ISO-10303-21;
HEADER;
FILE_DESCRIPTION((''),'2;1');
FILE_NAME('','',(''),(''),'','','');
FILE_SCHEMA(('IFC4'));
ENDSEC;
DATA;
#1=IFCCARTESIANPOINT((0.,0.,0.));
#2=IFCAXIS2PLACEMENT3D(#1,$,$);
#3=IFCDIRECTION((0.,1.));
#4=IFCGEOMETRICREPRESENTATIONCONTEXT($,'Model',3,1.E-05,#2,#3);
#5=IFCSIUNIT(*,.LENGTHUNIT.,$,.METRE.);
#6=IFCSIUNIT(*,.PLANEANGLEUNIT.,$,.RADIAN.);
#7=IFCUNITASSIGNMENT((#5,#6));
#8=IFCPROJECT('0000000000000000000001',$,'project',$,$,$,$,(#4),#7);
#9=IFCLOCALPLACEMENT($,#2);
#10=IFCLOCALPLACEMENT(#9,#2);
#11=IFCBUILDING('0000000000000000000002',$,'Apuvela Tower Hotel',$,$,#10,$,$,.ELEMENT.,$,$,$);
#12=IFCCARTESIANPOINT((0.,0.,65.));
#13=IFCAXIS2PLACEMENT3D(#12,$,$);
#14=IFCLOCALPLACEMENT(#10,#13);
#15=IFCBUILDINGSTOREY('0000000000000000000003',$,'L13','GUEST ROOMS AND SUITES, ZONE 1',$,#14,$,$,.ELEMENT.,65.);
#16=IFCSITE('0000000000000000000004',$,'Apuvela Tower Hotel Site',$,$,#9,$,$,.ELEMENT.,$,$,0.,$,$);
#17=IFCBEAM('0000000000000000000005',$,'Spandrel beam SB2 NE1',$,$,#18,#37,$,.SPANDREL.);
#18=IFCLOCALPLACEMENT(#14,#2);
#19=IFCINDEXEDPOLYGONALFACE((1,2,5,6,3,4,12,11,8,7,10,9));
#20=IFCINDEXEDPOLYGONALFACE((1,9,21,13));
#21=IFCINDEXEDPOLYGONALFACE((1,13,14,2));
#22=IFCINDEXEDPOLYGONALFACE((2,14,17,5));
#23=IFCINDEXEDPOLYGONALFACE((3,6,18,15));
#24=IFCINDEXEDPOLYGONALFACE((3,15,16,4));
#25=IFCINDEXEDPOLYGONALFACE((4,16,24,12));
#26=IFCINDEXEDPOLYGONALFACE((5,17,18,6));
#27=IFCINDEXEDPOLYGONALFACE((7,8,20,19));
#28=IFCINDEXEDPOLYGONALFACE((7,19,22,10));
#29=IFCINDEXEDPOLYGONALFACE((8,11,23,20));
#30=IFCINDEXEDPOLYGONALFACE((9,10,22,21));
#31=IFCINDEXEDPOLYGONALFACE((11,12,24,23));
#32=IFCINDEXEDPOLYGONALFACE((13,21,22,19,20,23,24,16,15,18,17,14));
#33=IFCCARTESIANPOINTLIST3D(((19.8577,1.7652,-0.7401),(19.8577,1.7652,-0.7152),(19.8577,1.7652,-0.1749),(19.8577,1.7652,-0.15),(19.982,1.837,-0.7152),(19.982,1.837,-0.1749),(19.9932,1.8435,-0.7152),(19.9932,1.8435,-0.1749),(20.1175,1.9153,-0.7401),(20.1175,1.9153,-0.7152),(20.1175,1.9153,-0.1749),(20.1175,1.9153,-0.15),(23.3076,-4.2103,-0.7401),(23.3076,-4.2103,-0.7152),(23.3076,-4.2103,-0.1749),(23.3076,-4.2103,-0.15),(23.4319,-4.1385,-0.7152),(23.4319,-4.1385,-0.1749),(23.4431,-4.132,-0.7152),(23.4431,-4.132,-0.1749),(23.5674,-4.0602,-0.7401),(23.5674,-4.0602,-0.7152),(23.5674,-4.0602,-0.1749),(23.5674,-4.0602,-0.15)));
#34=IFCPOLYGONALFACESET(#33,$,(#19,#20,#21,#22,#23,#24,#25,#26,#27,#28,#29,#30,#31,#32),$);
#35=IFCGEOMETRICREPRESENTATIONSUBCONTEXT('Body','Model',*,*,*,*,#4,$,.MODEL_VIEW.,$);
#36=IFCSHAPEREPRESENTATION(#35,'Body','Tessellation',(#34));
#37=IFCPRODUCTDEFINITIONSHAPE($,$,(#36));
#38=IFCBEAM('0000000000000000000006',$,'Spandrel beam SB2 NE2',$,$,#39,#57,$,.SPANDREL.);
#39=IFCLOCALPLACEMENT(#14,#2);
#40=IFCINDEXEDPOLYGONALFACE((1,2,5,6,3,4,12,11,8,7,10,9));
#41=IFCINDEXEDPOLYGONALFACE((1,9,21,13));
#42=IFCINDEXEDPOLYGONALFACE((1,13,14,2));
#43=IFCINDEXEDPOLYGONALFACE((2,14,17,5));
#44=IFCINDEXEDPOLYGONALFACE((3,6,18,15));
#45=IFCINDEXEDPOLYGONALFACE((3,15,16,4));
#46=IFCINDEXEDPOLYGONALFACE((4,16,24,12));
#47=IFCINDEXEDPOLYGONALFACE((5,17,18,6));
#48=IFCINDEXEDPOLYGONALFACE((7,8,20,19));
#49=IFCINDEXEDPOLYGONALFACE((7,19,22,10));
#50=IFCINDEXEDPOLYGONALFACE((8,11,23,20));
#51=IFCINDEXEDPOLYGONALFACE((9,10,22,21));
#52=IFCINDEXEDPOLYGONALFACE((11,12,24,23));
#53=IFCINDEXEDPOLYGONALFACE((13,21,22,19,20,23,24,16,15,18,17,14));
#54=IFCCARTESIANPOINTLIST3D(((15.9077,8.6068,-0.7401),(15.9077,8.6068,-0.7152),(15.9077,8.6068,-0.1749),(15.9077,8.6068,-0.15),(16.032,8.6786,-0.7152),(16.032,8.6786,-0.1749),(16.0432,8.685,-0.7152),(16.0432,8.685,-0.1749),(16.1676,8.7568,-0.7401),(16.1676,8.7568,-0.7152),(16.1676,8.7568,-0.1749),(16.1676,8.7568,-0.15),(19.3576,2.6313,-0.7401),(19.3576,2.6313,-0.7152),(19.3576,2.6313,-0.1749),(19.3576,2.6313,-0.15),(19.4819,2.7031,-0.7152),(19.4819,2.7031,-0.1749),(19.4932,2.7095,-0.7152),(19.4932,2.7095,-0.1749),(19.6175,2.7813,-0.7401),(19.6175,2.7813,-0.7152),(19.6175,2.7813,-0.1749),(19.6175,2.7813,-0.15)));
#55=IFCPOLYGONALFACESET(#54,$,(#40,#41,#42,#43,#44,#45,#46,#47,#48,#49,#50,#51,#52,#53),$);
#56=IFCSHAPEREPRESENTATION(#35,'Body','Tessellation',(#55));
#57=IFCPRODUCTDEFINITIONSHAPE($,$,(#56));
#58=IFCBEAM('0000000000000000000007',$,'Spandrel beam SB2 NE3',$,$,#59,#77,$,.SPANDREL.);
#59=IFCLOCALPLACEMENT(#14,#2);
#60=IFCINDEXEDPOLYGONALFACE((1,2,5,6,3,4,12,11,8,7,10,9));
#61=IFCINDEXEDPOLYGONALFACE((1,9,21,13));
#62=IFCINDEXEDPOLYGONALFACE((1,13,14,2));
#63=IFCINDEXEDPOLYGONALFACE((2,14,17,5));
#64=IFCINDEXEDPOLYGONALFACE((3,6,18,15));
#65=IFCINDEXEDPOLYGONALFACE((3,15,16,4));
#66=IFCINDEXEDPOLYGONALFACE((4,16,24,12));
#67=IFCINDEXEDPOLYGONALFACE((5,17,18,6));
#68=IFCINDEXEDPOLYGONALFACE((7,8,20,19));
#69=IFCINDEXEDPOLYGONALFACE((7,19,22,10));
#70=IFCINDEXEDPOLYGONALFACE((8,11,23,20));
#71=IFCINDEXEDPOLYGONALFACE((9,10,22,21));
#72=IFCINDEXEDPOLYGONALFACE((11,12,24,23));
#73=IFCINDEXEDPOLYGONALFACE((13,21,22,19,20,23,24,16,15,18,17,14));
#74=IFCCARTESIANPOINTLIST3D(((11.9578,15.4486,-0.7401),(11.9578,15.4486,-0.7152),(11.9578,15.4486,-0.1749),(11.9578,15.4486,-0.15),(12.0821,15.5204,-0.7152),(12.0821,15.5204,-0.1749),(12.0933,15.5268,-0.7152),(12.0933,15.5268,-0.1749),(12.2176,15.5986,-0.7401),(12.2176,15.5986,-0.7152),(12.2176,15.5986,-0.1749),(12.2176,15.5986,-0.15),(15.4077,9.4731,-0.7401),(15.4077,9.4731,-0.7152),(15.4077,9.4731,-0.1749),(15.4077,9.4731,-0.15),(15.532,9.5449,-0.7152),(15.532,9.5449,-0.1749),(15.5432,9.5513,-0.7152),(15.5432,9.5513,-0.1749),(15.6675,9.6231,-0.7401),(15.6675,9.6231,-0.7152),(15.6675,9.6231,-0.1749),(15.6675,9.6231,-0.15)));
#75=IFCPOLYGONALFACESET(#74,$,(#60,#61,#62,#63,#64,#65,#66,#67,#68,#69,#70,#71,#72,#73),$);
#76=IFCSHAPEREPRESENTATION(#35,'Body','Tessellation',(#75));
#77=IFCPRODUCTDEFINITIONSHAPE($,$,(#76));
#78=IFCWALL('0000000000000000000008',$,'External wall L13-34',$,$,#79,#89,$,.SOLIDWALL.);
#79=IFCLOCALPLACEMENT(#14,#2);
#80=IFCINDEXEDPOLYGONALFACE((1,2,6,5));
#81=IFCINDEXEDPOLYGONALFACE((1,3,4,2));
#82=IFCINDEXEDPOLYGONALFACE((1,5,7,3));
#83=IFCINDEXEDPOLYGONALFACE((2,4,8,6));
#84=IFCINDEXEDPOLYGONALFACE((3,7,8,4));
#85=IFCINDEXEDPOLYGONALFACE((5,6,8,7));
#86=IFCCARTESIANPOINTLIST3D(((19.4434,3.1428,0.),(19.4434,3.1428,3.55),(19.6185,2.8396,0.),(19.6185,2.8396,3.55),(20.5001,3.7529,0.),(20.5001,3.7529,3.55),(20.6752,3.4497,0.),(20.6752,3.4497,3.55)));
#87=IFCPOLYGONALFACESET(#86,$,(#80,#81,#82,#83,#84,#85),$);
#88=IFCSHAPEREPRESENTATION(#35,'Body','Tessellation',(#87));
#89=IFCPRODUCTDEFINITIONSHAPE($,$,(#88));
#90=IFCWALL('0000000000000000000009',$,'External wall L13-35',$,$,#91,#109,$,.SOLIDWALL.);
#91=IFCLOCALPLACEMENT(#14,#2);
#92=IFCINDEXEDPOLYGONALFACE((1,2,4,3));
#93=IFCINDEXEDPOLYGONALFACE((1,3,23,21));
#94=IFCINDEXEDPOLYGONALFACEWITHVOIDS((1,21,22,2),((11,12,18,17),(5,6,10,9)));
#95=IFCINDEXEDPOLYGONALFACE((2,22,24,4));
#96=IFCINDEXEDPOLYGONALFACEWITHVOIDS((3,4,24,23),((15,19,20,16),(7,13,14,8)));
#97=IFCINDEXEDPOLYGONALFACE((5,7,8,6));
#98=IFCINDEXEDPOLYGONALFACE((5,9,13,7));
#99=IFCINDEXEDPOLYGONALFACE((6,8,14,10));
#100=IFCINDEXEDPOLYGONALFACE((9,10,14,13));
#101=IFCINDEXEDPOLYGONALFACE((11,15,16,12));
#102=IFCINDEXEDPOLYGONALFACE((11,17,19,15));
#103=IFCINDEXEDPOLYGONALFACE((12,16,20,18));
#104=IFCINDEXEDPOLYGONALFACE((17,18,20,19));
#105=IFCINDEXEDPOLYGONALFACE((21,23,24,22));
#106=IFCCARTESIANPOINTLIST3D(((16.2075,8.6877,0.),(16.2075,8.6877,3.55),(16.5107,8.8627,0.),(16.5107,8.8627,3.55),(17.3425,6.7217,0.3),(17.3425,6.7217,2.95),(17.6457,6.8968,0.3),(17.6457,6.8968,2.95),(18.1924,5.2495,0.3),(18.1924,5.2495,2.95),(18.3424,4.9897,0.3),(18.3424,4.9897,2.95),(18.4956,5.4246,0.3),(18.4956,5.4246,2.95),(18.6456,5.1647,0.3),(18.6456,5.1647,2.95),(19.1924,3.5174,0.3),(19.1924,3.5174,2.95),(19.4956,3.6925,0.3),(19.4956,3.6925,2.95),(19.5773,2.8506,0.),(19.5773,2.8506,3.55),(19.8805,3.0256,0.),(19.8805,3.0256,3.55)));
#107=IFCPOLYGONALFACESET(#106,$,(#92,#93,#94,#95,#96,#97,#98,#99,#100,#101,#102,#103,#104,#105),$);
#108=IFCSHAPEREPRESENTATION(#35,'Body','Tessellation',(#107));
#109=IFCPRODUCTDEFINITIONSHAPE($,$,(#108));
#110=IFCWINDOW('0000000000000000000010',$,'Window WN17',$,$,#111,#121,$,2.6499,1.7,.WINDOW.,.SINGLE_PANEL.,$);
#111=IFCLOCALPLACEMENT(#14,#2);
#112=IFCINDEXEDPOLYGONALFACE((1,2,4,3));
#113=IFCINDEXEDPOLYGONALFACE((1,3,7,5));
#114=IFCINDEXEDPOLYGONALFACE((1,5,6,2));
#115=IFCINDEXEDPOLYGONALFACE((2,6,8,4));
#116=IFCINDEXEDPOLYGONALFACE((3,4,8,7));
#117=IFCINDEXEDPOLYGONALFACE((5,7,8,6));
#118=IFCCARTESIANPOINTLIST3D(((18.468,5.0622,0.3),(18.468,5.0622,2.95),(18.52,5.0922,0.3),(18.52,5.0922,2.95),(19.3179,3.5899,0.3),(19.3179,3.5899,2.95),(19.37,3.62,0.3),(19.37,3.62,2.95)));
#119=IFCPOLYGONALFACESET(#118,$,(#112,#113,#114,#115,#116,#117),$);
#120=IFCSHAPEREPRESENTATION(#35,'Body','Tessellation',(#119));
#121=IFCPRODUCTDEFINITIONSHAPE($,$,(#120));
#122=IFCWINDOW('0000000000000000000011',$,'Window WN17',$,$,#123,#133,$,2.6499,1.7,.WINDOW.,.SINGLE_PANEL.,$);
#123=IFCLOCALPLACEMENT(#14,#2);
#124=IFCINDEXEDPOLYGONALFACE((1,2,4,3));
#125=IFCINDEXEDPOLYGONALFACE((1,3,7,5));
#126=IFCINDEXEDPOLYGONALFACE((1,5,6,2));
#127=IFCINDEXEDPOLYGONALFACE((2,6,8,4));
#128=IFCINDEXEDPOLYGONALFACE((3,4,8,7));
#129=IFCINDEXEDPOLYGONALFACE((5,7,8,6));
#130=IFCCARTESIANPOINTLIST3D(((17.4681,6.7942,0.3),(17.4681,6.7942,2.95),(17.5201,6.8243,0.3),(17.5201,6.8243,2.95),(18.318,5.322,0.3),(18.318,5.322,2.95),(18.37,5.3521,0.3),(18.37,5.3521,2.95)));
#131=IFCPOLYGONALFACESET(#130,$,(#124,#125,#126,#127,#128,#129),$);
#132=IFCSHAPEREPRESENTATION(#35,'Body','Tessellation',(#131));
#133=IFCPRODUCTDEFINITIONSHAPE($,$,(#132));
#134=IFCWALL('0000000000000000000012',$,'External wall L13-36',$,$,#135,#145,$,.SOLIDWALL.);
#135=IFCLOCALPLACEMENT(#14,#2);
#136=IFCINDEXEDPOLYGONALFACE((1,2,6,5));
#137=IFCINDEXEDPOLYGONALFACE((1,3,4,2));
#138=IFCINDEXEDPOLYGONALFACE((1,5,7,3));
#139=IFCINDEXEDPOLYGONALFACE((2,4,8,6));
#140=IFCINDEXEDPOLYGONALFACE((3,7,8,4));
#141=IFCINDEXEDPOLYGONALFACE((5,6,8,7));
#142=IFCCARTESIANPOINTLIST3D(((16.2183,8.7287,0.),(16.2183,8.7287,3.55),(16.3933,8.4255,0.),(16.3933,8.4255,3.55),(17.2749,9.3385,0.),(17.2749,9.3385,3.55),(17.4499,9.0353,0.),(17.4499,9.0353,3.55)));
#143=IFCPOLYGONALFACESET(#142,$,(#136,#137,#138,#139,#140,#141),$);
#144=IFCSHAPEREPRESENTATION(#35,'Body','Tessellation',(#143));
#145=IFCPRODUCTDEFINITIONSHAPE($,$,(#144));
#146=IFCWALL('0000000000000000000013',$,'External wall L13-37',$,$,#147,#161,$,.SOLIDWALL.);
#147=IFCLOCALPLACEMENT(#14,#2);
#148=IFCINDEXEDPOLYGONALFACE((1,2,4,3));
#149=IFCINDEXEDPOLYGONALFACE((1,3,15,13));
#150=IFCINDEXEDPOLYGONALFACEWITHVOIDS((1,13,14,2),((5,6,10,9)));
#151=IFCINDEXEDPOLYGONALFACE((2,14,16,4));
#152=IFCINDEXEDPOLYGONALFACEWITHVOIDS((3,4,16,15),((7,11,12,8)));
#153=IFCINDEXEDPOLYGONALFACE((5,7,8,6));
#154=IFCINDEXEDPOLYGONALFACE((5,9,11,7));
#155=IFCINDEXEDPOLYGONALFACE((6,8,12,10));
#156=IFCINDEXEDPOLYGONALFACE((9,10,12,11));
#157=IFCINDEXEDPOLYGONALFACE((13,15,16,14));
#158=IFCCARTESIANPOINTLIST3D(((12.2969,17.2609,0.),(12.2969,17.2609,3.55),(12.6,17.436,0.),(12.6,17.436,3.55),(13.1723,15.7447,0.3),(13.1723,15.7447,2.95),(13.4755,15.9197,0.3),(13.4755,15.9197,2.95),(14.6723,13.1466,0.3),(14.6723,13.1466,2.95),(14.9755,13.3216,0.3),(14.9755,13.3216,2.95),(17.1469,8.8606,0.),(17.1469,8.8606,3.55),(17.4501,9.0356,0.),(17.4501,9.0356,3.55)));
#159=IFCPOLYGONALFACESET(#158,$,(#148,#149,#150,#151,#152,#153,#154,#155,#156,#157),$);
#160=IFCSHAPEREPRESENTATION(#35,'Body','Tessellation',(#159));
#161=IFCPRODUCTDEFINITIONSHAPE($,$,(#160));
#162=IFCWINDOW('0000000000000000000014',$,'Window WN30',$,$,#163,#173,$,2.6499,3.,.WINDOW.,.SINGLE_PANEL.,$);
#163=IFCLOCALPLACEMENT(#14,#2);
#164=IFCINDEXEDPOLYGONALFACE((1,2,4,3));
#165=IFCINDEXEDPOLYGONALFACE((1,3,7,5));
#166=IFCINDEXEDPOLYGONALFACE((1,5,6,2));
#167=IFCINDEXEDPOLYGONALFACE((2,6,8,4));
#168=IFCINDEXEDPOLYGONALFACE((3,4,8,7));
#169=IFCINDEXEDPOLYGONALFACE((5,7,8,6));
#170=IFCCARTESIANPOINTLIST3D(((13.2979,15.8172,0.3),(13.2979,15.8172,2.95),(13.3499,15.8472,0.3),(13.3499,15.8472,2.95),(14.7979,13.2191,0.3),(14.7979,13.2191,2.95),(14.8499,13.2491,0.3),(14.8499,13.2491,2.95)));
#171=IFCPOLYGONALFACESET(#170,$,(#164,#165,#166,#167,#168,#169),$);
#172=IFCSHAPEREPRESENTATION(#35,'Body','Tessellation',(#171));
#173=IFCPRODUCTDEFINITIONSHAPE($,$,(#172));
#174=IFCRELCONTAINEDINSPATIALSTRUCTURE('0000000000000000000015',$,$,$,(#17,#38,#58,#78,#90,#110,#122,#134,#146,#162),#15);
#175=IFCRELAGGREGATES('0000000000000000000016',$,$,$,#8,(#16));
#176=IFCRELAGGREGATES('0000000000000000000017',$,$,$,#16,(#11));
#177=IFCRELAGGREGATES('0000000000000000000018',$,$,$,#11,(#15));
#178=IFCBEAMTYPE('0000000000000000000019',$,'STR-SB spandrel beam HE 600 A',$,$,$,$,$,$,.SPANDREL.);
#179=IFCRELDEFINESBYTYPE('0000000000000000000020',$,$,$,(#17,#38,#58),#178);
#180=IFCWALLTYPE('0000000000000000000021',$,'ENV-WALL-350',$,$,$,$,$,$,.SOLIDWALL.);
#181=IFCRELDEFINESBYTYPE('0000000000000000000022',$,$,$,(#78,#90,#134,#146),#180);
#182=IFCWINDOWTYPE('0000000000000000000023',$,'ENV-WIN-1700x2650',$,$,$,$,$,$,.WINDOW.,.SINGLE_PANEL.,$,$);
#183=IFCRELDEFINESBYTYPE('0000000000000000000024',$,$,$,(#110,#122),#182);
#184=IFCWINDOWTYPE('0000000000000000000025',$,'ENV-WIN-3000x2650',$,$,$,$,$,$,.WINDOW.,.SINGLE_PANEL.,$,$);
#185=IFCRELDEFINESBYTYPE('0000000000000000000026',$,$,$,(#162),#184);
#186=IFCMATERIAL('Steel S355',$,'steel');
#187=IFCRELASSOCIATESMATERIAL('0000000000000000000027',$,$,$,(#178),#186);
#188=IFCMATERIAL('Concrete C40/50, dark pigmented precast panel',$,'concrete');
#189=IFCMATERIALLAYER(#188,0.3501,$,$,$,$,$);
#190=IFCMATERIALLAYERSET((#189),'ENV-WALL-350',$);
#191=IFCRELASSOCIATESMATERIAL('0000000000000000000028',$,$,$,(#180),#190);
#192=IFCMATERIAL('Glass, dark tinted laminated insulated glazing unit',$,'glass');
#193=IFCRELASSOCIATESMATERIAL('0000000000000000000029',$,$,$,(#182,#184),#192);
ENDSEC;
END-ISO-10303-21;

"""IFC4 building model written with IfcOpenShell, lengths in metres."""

from ifc_helpers import new_model, si_unit, direction, frame, frame_2d, origin, origin_2d, place, context, subcontext, project, spatial, rectangle, i_section, extrude, material, layer, layer_set, material_profile, profile_set, type_object, element, fill, save


model = new_model("IFC4")

# Units and contexts
model_context = context("Model", 3, precision=1e-05, world=origin(), true_north=direction((0.0, 1.0)))
body_context = subcontext(model_context, "Body", "Model", "MODEL_VIEW")
ifc_project = project(units=[si_unit("LENGTHUNIT", "METRE"), si_unit("PLANEANGLEUNIT", "RADIAN")], contexts=[model_context])

# Site, building, storey
site_placement = place(None, origin())
site = spatial("IfcSite", under=ifc_project, at=site_placement, Name="Apuvela Tower Hotel Site", CompositionType="ELEMENT", RefElevation=0.0)
building_placement = place(site_placement, origin())
building = spatial("IfcBuilding", under=site, at=building_placement, Name="Apuvela Tower Hotel", CompositionType="ELEMENT")
storey_placement = place(building_placement, frame((0.0, 0.0, 65.0)))
storey = spatial("IfcBuildingStorey", under=building, at=storey_placement, Name="L13", Description="GUEST ROOMS AND SUITES, ZONE 1", CompositionType="ELEMENT", Elevation=65.0)

# Beams
ifc_material_1 = material(Name="Steel S355", Category="steel")
ifc_material_profile_1 = material_profile(ifc_material_1, i_section(OverallWidth=0.3, OverallDepth=0.5901, WebThickness=0.0129, FlangeThickness=0.0249, at=origin_2d()), Name="HE 600 A")
ifc_profile_set_1 = profile_set([ifc_material_profile_1], Name="Steel S355")
beam_type_1 = type_object("IfcBeamType", Name="STR-SB spandrel beam HE 600 A", PredefinedType="SPANDREL", material=ifc_profile_set_1)
for number, where, z_axis, x_axis, name in (
    (1, (23.4375, -4.1353, -0.4451), (-0.499994, 0.866029, 0.0), (-0.866029, -0.499994, 0.0), "Spandrel beam SB2 NE1"),
    (2, (19.4875, 2.7063, -0.4451), (-0.499994, 0.866029, 0.0), (-0.866029, -0.499994, 0.0), "Spandrel beam SB2 NE2"),
    (3, (15.5376, 9.5481, -0.4451), (-0.499994, 0.866029, 0.0), (-0.866029, -0.499994, 0.0), "Spandrel beam SB2 NE3"),
):
    element("IfcBeam", number, at=place(storey_placement, frame(where, z_axis=z_axis, x_axis=x_axis)), inside=storey, type_object=beam_type_1, Name=name, PredefinedType="SPANDREL", context=body_context, shape_type="SweptSolid", body=[
        extrude(i_section(OverallWidth=0.3, OverallDepth=0.5901, WebThickness=0.0129, FlangeThickness=0.0249, at=origin_2d()), origin(), (0.0, 0.0, 1.0), 6.8999),
    ])

# Wall
ifc_material_2 = material(Name="Concrete C40/50, dark pigmented precast panel", Category="concrete")
ifc_layer_1 = layer(ifc_material_2, 0.3501)
ifc_layer_set_1 = layer_set([ifc_layer_1], Name="ENV-WALL-350")
wall_type_1 = type_object("IfcWallType", Name="ENV-WALL-350", PredefinedType="SOLIDWALL", material=ifc_layer_set_1)
wall_1_placement = place(storey_placement, frame((20.5876, 3.6013, 0.0), z_axis=(0.0, 0.0, 1.0), x_axis=(-0.866006, -0.500034, 0.0)))
element("IfcWall", 4, at=wall_1_placement, inside=storey, type_object=wall_type_1, Name="External wall L13-34", PredefinedType="SOLIDWALL", context=body_context, shape_type="SweptSolid", body=[
    extrude(rectangle(XDim=1.2202, YDim=0.3501, at=frame_2d((0.6101, 0.0))), origin(), (0.0, 0.0, 1.0), 3.55),
])

# Wall, openings, windows
wall_2_placement = place(storey_placement, frame((19.729, 2.938, 0.0), z_axis=(0.0, 0.0, 1.0), x_axis=(-0.499976, 0.866039, 0.0)))
wall_2 = element("IfcWall", 5, at=wall_2_placement, inside=storey, type_object=wall_type_1, Name="External wall L13-35", PredefinedType="SOLIDWALL", context=body_context, shape_type="SweptSolid", body=[
    extrude(rectangle(XDim=6.74, YDim=0.3501, at=frame_2d((3.3701, 0.0))), origin(), (0.0, 0.0, 1.0), 3.55),
])
opening_1_placement = place(wall_2_placement, frame((0.77, 0.0, 0.3)))
opening_1 = element("IfcOpeningElement", 6, at=opening_1_placement, cuts=wall_2, PredefinedType="OPENING", context=body_context, shape_type="SweptSolid", body=[
    extrude(rectangle(XDim=1.7, YDim=2.6499, at=frame_2d((0.8501, 1.325))), frame((0.0, 0.1851, 0.0), z_axis=(0.0, -1.0, 0.0), x_axis=(1.0, 0.0, 0.0)), (0.0, 0.0, 1.0), 0.3701),
])
opening_2_placement = place(wall_2_placement, frame((2.77, 0.0, 0.3)))
opening_2 = element("IfcOpeningElement", 7, at=opening_2_placement, cuts=wall_2, PredefinedType="OPENING", context=body_context, shape_type="SweptSolid", body=[
    extrude(rectangle(XDim=1.7, YDim=2.6499, at=frame_2d((0.8501, 1.325))), frame((0.0, 0.1851, 0.0), z_axis=(0.0, -1.0, 0.0), x_axis=(1.0, 0.0, 0.0)), (0.0, 0.0, 1.0), 0.3701),
])
ifc_material_3 = material(Name="Glass, dark tinted laminated insulated glazing unit", Category="glass")
window_type_1 = type_object("IfcWindowType", Name="ENV-WIN-1700x2650", PartitioningType="SINGLE_PANEL", PredefinedType="WINDOW", material=ifc_material_3)
window_1_placement = place(opening_1_placement, origin())
window_1 = element("IfcWindow", 8, at=window_1_placement, inside=storey, type_object=window_type_1, Name="Window WN17", OverallHeight=2.6499, OverallWidth=1.7, PartitioningType="SINGLE_PANEL", PredefinedType="WINDOW", context=body_context, shape_type="SweptSolid", body=[
    extrude(rectangle(XDim=1.7, YDim=2.6499, at=frame_2d((0.8501, 1.325))), frame((0.0, 0.03, 0.0), z_axis=(0.0, -1.0, 0.0), x_axis=(1.0, 0.0, 0.0)), (0.0, 0.0, 1.0), 0.0601),
])
fill(opening_1, window_1)
window_2_placement = place(opening_2_placement, origin())
window_2 = element("IfcWindow", 9, at=window_2_placement, inside=storey, type_object=window_type_1, Name="Window WN17", OverallHeight=2.6499, OverallWidth=1.7, PartitioningType="SINGLE_PANEL", PredefinedType="WINDOW", context=body_context, shape_type="SweptSolid", body=[
    extrude(rectangle(XDim=1.7, YDim=2.6499, at=frame_2d((0.8501, 1.325))), frame((0.0, 0.03, 0.0), z_axis=(0.0, -1.0, 0.0), x_axis=(1.0, 0.0, 0.0)), (0.0, 0.0, 1.0), 0.0601),
])
fill(opening_2, window_2)

# Wall
wall_3_placement = place(storey_placement, frame((16.3059, 8.5771, 0.0), z_axis=(0.0, 0.0, 1.0), x_axis=(0.866092, 0.499884, 0.0)))
element("IfcWall", 10, at=wall_3_placement, inside=storey, type_object=wall_type_1, Name="External wall L13-36", PredefinedType="SOLIDWALL", context=body_context, shape_type="SweptSolid", body=[
    extrude(rectangle(XDim=1.22, YDim=0.3501, at=frame_2d((0.6099, 0.0))), origin(), (0.0, 0.0, 1.0), 3.55),
])

# Wall, opening, window
wall_4_placement = place(storey_placement, frame((17.2986, 8.948, 0.0), z_axis=(0.0, 0.0, 1.0), x_axis=(-0.50001, 0.86602, 0.0)))
wall_4 = element("IfcWall", 11, at=wall_4_placement, inside=storey, type_object=wall_type_1, Name="External wall L13-37", PredefinedType="SOLIDWALL", context=body_context, shape_type="SweptSolid", body=[
    extrude(rectangle(XDim=9.7, YDim=0.3501, at=frame_2d((4.8501, 0.0))), origin(), (0.0, 0.0, 1.0), 3.55),
])
opening_3_placement = place(wall_4_placement, frame((4.9492, 0.0, 0.3)))
opening_3 = element("IfcOpeningElement", 12, at=opening_3_placement, cuts=wall_4, PredefinedType="OPENING", context=body_context, shape_type="SweptSolid", body=[
    extrude(rectangle(XDim=3.0, YDim=2.6499, at=frame_2d((1.5, 1.325))), frame((0.0, 0.1851, 0.0), z_axis=(0.0, -1.0, 0.0), x_axis=(1.0, 0.0, 0.0)), (0.0, 0.0, 1.0), 0.3701),
])
window_type_2 = type_object("IfcWindowType", Name="ENV-WIN-3000x2650", PartitioningType="SINGLE_PANEL", PredefinedType="WINDOW", material=ifc_material_3)
window_3_placement = place(opening_3_placement, origin())
window_3 = element("IfcWindow", 13, at=window_3_placement, inside=storey, type_object=window_type_2, Name="Window WN30", OverallHeight=2.6499, OverallWidth=3.0, PartitioningType="SINGLE_PANEL", PredefinedType="WINDOW", context=body_context, shape_type="SweptSolid", body=[
    extrude(rectangle(XDim=3.0, YDim=2.6499, at=frame_2d((1.5, 1.325))), frame((0.0, 0.03, 0.0), z_axis=(0.0, -1.0, 0.0), x_axis=(1.0, 0.0, 0.0)), (0.0, 0.0, 1.0), 0.0601),
])
fill(opening_3, window_3)

save(model, "model.ifc")
